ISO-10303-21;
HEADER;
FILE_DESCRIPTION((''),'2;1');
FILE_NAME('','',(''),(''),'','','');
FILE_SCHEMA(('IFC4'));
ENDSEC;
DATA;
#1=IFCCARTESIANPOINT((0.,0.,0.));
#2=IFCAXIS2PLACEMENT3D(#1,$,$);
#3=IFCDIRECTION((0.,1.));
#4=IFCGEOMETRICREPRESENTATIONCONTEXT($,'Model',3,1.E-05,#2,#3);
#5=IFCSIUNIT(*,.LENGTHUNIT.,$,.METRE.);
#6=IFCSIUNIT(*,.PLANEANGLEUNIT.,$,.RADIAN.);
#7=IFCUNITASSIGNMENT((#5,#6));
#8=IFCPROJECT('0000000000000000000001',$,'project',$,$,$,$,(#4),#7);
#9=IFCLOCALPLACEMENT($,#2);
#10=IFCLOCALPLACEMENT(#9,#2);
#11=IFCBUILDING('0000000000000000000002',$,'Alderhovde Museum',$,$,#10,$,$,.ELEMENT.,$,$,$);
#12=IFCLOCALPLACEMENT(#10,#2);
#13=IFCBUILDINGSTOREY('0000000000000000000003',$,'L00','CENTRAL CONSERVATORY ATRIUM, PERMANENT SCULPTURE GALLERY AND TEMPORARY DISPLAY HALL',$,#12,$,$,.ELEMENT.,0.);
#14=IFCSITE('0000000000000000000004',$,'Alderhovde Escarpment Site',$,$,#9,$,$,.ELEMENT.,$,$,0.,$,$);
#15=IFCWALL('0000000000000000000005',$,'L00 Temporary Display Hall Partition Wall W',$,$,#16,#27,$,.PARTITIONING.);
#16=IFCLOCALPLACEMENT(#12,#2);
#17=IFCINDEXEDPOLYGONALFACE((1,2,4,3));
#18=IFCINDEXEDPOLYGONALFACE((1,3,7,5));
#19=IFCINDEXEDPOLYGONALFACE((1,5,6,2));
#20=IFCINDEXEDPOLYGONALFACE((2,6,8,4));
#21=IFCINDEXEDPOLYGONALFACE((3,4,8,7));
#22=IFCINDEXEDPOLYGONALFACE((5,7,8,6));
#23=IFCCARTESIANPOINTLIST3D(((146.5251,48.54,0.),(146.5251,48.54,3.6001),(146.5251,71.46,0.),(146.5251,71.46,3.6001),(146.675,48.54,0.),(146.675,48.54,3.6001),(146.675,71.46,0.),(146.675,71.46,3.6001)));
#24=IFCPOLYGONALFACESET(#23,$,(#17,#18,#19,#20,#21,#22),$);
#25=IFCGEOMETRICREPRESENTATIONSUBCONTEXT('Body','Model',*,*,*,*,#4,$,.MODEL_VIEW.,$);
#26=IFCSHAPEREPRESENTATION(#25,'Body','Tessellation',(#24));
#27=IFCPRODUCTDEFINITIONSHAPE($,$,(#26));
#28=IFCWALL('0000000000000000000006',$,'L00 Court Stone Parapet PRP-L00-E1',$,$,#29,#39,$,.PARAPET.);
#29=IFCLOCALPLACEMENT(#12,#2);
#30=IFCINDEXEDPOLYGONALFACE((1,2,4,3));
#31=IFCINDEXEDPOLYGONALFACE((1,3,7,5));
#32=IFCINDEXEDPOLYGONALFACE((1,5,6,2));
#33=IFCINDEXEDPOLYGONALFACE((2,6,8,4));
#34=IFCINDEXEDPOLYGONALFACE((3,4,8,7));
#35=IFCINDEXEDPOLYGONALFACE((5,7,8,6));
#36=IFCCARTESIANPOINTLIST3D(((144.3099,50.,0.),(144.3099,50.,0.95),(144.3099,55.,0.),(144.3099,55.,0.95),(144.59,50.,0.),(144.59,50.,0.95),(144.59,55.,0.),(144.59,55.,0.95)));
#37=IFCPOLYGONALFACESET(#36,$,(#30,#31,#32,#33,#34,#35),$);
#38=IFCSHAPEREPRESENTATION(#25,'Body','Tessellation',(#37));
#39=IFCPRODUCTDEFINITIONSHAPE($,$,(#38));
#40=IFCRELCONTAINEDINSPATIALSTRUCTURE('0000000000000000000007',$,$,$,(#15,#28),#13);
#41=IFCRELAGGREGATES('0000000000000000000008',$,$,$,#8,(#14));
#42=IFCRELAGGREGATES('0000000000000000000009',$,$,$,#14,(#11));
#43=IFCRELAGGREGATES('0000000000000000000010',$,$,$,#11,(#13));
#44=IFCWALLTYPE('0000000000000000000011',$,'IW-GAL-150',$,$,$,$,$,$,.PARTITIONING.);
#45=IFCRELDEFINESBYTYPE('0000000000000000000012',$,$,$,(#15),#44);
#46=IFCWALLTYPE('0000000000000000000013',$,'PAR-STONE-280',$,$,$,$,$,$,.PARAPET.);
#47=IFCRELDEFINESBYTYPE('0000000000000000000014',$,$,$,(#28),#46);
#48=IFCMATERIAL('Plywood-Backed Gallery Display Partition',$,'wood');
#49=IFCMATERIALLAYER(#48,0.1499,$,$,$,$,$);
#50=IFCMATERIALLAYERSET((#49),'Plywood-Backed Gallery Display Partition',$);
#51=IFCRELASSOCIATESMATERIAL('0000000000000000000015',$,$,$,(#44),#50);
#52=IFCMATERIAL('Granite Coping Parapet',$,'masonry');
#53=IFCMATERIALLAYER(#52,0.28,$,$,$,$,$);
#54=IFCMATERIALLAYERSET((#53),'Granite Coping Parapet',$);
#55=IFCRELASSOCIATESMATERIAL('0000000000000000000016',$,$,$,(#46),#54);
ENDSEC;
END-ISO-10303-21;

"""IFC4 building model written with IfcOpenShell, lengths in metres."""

from ifc_helpers import new_model, si_unit, direction, frame, frame_2d, origin, place, context, subcontext, project, spatial, rectangle, extrude, material, layer, layer_set, type_object, element, save


model = new_model("IFC4")

# Units and contexts
model_context = context("Model", 3, precision=1e-05, world=origin(), true_north=direction((0.0, 1.0)))
body_context = subcontext(model_context, "Body", "Model", "MODEL_VIEW")
ifc_project = project(units=[si_unit("LENGTHUNIT", "METRE"), si_unit("PLANEANGLEUNIT", "RADIAN")], contexts=[model_context])

# Site, building, storey
site_placement = place(None, origin())
site = spatial("IfcSite", under=ifc_project, at=site_placement, Name="Alderhovde Escarpment Site", CompositionType="ELEMENT", RefElevation=0.0)
building_placement = place(site_placement, origin())
building = spatial("IfcBuilding", under=site, at=building_placement, Name="Alderhovde Museum", CompositionType="ELEMENT")
storey_placement = place(building_placement, origin())
storey = spatial("IfcBuildingStorey", under=building, at=storey_placement, Name="L00", Description="CENTRAL CONSERVATORY ATRIUM, PERMANENT SCULPTURE GALLERY AND TEMPORARY DISPLAY HALL", CompositionType="ELEMENT", Elevation=0.0)

# Walls
ifc_material_1 = material(Name="Plywood-Backed Gallery Display Partition", Category="wood")
ifc_layer_1 = layer(ifc_material_1, 0.1499)
ifc_layer_set_1 = layer_set([ifc_layer_1], Name="Plywood-Backed Gallery Display Partition")
wall_type_1 = type_object("IfcWallType", Name="IW-GAL-150", PredefinedType="PARTITIONING", material=ifc_layer_set_1)
wall_1_placement = place(storey_placement, frame((146.6001, 48.54, 0.0), z_axis=(0.0, 0.0, 1.0), x_axis=(0.0, 1.0, 0.0)))
element("IfcWall", 1, at=wall_1_placement, inside=storey, type_object=wall_type_1, Name="L00 Temporary Display Hall Partition Wall W", PredefinedType="PARTITIONING", context=body_context, shape_type="SweptSolid", body=[
    extrude(rectangle(XDim=22.9199, YDim=0.1499, at=frame_2d((11.46, 0.0))), origin(), (0.0, 0.0, 1.0), 3.6001),
])
ifc_material_2 = material(Name="Granite Coping Parapet", Category="masonry")
ifc_layer_2 = layer(ifc_material_2, 0.28)
ifc_layer_set_2 = layer_set([ifc_layer_2], Name="Granite Coping Parapet")
wall_type_2 = type_object("IfcWallType", Name="PAR-STONE-280", PredefinedType="PARAPET", material=ifc_layer_set_2)
wall_2_placement = place(storey_placement, frame((144.45, 50.0, 0.0), z_axis=(0.0, 0.0, 1.0), x_axis=(0.0, 1.0, 0.0)))
element("IfcWall", 2, at=wall_2_placement, inside=storey, type_object=wall_type_2, Name="L00 Court Stone Parapet PRP-L00-E1", PredefinedType="PARAPET", context=body_context, shape_type="SweptSolid", body=[
    extrude(rectangle(XDim=5.0, YDim=0.28, at=frame_2d((2.5, 0.0))), origin(), (0.0, 0.0, 1.0), 0.95),
])

save(model, "model.ifc")
